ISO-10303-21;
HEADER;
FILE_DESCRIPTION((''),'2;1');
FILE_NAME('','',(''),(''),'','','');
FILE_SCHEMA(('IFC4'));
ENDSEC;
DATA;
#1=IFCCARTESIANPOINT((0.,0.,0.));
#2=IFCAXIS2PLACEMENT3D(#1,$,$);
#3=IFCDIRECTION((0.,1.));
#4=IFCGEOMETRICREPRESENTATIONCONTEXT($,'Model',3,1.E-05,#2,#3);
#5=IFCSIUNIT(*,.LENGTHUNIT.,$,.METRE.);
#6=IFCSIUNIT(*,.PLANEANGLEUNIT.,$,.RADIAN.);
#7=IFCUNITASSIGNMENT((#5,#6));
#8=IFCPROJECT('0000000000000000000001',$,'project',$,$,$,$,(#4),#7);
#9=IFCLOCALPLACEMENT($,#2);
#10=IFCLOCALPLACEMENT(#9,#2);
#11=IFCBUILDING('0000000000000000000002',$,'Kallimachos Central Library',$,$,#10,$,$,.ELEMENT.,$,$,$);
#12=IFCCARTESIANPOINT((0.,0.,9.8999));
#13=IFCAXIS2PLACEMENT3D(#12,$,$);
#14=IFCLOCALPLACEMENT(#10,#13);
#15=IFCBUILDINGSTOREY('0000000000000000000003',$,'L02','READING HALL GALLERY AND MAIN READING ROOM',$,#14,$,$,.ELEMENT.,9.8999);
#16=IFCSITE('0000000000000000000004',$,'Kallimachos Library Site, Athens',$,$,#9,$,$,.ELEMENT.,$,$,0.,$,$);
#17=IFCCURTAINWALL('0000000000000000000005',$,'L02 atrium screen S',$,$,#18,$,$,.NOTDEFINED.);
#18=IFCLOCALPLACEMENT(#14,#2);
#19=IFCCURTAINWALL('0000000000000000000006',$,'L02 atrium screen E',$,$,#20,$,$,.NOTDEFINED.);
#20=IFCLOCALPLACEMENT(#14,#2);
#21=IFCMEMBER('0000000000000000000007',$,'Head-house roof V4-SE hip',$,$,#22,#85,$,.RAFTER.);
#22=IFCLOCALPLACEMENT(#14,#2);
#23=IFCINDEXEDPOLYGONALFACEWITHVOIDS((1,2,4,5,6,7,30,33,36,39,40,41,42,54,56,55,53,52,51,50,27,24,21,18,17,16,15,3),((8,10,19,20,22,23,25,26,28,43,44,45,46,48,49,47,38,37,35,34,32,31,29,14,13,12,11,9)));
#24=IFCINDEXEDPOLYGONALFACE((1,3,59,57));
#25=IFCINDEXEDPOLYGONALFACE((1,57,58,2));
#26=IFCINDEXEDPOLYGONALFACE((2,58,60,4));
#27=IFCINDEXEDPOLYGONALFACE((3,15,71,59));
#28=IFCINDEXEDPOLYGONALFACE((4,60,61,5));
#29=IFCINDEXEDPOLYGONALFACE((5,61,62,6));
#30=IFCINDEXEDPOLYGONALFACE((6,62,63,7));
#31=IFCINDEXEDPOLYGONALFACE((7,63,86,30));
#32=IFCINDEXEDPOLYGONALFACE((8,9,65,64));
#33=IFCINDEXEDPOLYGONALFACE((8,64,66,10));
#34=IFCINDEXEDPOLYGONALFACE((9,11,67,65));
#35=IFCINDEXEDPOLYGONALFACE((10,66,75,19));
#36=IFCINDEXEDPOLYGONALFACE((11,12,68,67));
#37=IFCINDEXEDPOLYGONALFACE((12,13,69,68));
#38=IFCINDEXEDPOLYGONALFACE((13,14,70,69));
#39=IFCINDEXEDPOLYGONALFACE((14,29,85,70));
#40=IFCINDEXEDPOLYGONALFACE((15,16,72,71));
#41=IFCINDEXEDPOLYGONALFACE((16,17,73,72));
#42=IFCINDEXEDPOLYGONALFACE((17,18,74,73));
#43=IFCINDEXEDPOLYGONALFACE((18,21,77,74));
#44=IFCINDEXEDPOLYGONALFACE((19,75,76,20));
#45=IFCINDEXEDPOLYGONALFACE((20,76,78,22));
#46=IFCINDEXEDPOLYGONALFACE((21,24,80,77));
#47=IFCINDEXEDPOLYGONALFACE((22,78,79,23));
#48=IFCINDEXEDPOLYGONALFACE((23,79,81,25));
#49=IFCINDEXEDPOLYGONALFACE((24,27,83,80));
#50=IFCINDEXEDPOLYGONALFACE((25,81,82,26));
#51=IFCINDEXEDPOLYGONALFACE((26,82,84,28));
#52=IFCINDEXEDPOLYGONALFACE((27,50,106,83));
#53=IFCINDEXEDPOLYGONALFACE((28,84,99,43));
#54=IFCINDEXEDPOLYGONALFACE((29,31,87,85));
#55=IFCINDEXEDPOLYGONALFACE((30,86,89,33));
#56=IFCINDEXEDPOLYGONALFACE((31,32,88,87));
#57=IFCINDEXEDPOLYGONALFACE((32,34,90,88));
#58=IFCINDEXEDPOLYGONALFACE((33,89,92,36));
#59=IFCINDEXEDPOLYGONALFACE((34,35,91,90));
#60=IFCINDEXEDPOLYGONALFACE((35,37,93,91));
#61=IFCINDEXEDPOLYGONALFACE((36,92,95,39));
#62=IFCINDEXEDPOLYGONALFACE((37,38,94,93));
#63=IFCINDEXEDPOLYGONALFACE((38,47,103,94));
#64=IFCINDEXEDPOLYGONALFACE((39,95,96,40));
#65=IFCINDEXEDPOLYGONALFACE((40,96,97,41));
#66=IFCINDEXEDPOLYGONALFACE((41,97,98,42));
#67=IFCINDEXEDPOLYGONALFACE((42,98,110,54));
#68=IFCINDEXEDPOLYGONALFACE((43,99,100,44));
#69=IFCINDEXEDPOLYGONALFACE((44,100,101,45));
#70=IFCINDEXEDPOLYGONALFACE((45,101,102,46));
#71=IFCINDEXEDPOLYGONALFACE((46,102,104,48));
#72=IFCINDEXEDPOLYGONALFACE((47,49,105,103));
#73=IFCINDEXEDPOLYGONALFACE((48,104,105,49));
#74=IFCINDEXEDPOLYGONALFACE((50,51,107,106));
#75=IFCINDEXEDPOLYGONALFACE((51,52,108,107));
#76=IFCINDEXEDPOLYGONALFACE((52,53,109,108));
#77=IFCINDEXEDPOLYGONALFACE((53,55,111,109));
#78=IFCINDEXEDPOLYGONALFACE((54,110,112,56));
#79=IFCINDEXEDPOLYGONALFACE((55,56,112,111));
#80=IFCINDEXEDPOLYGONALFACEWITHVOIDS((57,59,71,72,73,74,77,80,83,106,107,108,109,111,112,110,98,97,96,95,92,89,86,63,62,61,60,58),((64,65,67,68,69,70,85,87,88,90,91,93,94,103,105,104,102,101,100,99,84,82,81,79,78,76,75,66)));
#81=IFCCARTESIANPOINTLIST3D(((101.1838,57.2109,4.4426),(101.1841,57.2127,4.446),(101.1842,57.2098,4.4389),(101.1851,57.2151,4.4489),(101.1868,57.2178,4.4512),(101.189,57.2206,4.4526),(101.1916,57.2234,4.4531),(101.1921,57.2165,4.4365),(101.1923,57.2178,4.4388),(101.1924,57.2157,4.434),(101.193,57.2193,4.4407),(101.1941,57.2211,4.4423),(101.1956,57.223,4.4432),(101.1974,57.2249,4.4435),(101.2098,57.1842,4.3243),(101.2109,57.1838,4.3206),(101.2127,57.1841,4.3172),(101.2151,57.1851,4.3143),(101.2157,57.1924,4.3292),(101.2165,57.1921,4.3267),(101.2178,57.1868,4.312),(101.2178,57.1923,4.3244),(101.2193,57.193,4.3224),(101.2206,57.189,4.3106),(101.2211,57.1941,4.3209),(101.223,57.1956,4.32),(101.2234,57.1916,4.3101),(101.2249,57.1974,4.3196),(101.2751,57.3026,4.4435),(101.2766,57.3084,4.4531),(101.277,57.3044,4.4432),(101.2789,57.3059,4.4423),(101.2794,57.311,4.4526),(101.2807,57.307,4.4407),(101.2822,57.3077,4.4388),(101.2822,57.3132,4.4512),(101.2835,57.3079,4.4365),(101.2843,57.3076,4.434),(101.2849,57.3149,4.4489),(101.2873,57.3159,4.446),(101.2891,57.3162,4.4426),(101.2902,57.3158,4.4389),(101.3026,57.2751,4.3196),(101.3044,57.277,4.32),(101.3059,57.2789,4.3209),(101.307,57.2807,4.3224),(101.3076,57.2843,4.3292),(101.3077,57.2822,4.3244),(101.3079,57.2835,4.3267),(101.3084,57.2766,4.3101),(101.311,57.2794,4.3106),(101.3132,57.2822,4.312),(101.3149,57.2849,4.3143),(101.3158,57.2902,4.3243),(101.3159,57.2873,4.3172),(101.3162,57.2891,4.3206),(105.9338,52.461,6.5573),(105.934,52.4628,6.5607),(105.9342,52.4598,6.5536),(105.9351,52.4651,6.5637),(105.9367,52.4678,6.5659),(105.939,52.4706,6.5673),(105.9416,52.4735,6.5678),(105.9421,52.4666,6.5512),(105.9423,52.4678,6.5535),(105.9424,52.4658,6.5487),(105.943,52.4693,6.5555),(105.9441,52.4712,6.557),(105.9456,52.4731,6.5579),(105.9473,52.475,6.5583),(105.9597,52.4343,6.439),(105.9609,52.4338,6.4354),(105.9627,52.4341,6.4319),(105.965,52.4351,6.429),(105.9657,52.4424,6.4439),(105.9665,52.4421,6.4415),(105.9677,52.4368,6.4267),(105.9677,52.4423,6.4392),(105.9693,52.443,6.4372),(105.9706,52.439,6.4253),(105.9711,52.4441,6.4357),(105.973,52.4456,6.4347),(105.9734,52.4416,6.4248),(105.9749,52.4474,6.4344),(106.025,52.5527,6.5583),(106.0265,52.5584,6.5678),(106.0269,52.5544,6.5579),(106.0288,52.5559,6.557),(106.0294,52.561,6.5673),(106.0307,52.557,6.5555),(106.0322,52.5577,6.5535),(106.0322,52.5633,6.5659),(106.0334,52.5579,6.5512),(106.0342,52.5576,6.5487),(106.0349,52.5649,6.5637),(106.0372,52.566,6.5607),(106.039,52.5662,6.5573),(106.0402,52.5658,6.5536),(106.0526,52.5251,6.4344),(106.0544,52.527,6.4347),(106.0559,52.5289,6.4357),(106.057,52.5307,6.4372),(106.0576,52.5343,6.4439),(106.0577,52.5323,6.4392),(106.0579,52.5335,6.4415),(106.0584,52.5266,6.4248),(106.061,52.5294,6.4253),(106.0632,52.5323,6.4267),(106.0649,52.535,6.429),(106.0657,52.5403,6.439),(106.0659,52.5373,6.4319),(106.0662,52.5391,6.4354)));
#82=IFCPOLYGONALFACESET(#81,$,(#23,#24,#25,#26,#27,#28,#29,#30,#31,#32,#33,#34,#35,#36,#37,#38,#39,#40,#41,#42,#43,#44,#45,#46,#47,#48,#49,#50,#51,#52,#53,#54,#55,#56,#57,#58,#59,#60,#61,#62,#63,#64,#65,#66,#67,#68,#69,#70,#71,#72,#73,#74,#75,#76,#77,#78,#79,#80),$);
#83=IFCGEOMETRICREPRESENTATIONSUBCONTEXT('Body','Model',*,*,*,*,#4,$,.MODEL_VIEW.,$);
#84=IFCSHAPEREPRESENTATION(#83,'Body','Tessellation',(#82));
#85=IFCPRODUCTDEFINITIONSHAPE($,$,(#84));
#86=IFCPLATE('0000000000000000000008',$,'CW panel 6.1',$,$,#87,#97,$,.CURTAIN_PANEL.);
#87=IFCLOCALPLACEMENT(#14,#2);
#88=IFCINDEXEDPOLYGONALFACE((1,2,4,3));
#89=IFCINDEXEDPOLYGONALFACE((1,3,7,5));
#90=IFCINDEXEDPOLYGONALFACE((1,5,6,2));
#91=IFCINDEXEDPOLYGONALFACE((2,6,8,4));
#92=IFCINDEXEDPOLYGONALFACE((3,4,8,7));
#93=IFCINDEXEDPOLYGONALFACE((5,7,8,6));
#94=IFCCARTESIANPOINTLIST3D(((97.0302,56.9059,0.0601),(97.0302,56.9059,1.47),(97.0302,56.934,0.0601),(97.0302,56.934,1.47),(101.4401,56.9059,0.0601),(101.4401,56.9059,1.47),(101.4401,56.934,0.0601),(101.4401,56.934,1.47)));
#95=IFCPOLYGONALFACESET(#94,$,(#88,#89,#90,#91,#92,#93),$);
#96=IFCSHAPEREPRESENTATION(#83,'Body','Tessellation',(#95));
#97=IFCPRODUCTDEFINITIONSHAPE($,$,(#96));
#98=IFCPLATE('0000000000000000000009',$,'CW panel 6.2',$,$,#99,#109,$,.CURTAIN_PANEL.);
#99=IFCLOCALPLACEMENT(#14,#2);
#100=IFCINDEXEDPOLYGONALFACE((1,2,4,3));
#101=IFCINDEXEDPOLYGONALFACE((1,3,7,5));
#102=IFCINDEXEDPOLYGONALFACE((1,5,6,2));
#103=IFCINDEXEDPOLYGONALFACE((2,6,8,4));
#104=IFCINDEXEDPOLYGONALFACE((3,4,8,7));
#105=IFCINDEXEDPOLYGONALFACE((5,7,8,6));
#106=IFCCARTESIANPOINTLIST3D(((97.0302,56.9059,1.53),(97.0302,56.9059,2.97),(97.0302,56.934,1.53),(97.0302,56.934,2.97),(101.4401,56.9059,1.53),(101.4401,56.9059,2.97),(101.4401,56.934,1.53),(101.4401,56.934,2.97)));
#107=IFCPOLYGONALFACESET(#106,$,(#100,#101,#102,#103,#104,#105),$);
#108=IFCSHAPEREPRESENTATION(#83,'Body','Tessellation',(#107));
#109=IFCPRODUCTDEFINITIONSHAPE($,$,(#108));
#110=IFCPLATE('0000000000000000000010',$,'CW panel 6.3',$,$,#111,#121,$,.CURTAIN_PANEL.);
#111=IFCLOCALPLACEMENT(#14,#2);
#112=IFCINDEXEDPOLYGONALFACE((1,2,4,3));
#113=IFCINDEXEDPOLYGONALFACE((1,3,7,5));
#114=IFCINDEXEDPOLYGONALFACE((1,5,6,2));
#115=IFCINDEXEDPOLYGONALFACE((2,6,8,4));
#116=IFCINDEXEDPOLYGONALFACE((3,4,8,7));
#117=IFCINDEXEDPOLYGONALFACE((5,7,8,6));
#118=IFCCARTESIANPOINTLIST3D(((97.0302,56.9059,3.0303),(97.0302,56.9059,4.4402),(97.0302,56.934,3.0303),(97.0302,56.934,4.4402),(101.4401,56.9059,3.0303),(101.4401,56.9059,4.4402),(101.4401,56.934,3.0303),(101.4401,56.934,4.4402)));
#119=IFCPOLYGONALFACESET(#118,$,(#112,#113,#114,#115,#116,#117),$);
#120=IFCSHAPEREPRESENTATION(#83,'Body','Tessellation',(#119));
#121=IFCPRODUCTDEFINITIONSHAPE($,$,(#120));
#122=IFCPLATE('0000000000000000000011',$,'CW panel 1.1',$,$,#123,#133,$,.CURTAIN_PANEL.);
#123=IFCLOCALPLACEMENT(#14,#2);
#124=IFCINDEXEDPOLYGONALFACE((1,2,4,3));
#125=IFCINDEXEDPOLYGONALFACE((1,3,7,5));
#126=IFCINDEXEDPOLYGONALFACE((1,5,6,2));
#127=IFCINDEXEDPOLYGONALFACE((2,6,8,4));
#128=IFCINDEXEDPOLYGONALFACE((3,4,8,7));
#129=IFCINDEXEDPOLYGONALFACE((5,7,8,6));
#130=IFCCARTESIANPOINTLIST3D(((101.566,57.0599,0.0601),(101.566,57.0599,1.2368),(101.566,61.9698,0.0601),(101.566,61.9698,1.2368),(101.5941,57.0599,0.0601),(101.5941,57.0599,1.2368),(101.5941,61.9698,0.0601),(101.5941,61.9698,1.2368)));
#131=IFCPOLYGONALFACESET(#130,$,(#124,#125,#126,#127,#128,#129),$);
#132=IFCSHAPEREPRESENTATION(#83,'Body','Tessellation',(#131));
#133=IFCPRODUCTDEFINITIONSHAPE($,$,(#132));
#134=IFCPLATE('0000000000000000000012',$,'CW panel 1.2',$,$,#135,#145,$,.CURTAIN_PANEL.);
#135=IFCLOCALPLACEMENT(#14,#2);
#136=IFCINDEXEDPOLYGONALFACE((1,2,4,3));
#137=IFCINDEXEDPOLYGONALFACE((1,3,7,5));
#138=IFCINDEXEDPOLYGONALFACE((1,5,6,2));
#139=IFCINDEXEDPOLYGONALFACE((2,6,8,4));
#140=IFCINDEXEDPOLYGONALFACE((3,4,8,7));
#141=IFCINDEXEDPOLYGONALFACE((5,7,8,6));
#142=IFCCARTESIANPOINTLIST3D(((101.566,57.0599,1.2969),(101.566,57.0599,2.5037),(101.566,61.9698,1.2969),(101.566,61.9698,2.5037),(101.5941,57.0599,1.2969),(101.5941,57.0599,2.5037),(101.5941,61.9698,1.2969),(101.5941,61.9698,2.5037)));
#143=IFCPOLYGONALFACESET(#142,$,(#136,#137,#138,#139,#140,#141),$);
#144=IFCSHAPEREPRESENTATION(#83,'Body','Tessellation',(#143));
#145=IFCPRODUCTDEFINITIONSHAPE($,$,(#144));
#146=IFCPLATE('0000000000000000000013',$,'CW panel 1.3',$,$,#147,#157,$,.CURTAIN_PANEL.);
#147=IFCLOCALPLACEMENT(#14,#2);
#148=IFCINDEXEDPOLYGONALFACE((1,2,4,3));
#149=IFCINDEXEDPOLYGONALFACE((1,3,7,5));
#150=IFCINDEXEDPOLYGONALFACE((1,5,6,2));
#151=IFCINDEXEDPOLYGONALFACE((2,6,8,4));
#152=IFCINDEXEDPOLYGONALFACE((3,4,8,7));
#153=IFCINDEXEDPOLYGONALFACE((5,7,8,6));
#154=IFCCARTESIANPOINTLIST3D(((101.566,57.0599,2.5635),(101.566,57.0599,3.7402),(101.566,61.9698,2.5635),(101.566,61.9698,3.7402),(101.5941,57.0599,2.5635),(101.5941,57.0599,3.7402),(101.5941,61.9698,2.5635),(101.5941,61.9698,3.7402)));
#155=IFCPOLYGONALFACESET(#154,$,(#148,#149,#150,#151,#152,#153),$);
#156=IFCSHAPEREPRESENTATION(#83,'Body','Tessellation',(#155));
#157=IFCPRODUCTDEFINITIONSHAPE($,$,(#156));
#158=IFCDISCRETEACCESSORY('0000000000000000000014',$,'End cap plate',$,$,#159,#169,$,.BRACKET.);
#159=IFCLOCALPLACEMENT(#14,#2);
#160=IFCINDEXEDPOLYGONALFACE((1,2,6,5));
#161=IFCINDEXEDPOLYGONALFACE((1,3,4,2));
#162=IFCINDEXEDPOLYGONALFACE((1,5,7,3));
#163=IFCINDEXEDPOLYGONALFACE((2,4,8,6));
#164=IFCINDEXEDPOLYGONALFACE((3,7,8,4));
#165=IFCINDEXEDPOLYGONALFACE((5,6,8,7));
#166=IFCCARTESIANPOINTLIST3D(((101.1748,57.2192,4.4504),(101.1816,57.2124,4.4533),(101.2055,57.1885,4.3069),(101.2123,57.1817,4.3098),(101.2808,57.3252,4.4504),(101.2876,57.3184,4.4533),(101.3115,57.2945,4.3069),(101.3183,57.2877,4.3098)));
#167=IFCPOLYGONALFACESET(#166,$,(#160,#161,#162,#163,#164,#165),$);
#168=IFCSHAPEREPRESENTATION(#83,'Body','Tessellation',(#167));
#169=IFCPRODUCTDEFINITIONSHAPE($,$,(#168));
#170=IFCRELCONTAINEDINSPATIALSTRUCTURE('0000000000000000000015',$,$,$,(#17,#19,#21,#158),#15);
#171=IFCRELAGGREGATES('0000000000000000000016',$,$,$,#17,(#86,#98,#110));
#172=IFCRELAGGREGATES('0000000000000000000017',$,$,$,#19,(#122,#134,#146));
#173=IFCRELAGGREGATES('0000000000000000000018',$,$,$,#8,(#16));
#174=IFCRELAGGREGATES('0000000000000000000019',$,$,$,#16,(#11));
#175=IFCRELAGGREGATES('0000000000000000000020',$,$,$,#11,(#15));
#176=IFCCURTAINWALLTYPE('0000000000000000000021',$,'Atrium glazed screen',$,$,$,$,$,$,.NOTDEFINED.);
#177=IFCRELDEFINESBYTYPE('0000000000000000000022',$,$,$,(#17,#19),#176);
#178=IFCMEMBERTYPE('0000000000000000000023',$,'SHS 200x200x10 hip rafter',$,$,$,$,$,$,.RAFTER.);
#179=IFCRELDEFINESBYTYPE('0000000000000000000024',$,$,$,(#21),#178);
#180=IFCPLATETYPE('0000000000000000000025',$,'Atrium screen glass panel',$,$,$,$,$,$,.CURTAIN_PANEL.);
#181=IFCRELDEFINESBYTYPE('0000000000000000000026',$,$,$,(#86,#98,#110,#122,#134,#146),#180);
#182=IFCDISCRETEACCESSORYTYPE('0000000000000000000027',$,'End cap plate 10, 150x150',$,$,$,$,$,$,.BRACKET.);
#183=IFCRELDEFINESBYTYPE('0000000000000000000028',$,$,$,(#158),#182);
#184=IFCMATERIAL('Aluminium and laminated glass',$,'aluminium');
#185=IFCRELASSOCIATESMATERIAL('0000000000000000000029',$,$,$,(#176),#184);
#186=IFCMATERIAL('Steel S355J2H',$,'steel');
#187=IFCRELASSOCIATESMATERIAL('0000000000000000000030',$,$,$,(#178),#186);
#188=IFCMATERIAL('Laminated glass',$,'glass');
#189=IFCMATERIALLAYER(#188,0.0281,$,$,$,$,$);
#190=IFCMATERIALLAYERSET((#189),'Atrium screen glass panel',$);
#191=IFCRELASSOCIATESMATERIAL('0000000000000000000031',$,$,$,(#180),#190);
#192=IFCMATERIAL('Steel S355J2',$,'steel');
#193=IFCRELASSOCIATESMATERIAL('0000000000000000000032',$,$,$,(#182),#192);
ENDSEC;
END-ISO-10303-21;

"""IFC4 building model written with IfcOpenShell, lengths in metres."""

from ifc_helpers import new_model, si_unit, direction, frame, origin, origin_2d, place, context, subcontext, project, spatial, rectangle, hollow_rectangle, extrude, material, layer, layer_set, material_profile, profile_set, type_object, element, aggregate, save


model = new_model("IFC4")

# Units and contexts
model_context = context("Model", 3, precision=1e-05, world=origin(), true_north=direction((0.0, 1.0)))
body_context = subcontext(model_context, "Body", "Model", "MODEL_VIEW")
ifc_project = project(units=[si_unit("LENGTHUNIT", "METRE"), si_unit("PLANEANGLEUNIT", "RADIAN")], contexts=[model_context])

# Site, building, storey
site_placement = place(None, origin())
site = spatial("IfcSite", under=ifc_project, at=site_placement, Name="Kallimachos Library Site, Athens", CompositionType="ELEMENT", RefElevation=0.0)
building_placement = place(site_placement, origin())
building = spatial("IfcBuilding", under=site, at=building_placement, Name="Kallimachos Central Library", CompositionType="ELEMENT")
storey_placement = place(building_placement, frame((0.0, 0.0, 9.8999)))
storey = spatial("IfcBuildingStorey", under=building, at=storey_placement, Name="L02", Description="READING HALL GALLERY AND MAIN READING ROOM", CompositionType="ELEMENT", Elevation=9.8999)

# Curtain walls
ifc_material_1 = material(Name="Aluminium and laminated glass", Category="aluminium")
curtain_wall_type = type_object("IfcCurtainWallType", Name="Atrium glazed screen", PredefinedType="NOTDEFINED", material=ifc_material_1)
curtain_wall_1_placement = place(storey_placement, origin())
curtain_wall_1 = element("IfcCurtainWall", 1, at=curtain_wall_1_placement, inside=storey, type_object=curtain_wall_type, Name="L02 atrium screen S", PredefinedType="NOTDEFINED")
curtain_wall_2_placement = place(storey_placement, origin())
curtain_wall_2 = element("IfcCurtainWall", 2, at=curtain_wall_2_placement, inside=storey, type_object=curtain_wall_type, Name="L02 atrium screen E", PredefinedType="NOTDEFINED")

# Member
ifc_material_2 = material(Name="Steel S355J2H", Category="steel")
ifc_material_profile_1 = material_profile(ifc_material_2, hollow_rectangle(XDim=0.1499, YDim=0.1499, WallThickness=0.01, InnerFilletRadius=0.01, OuterFilletRadius=0.0149, at=origin_2d()), Name="SHS 150x150x10")
ifc_profile_set_1 = profile_set([ifc_material_profile_1], Name="Steel S355J2H")
member_type_1 = type_object("IfcMemberType", Name="SHS 200x200x10 hip rafter", PredefinedType="RAFTER", material=ifc_profile_set_1)
member_1_placement = place(storey_placement, frame((101.25, 57.25, 4.3816), z_axis=(0.674474, -0.674474, 0.300282), x_axis=(0.707107, 0.707107, 0.0)))
element("IfcMember", 3, at=member_1_placement, inside=storey, type_object=member_type_1, Name="Head-house roof V4-SE hip", PredefinedType="RAFTER", context=body_context, shape_type="SweptSolid", body=[
    extrude(hollow_rectangle(XDim=0.1499, YDim=0.1499, WallThickness=0.01, InnerFilletRadius=0.01, OuterFilletRadius=0.0149, at=origin_2d()), origin(), (0.0, 0.0, 1.0), 7.0425),
])

# Plates
ifc_material_3 = material(Name="Laminated glass", Category="glass")
ifc_layer = layer(ifc_material_3, 0.0281)
ifc_layer_set = layer_set([ifc_layer], Name="Atrium screen glass panel")
plate_type = type_object("IfcPlateType", Name="Atrium screen glass panel", PredefinedType="CURTAIN_PANEL", material=ifc_layer_set)
plate_1_placement = place(storey_placement, frame((99.2351, 56.9199, 0.0601), z_axis=(0.0, 0.0, 1.0), x_axis=(1.0, 0.0, 0.0)))
plate_1 = element("IfcPlate", 4, at=plate_1_placement, type_object=plate_type, Name="CW panel 6.1", PredefinedType="CURTAIN_PANEL", context=body_context, shape_type="SweptSolid", body=[
    extrude(rectangle(XDim=4.4099, YDim=0.0281, at=origin_2d()), origin(), (0.0, 0.0, 1.0), 1.4099),
])
plate_2_placement = place(storey_placement, frame((99.2351, 56.9199, 1.53), z_axis=(0.0, 0.0, 1.0), x_axis=(1.0, 0.0, 0.0)))
plate_2 = element("IfcPlate", 5, at=plate_2_placement, type_object=plate_type, Name="CW panel 6.2", PredefinedType="CURTAIN_PANEL", context=body_context, shape_type="SweptSolid", body=[
    extrude(rectangle(XDim=4.4099, YDim=0.0281, at=origin_2d()), origin(), (0.0, 0.0, 1.0), 1.4399),
])
plate_3_placement = place(storey_placement, frame((99.2351, 56.9199, 3.0303), z_axis=(0.0, 0.0, 1.0), x_axis=(1.0, 0.0, 0.0)))
plate_3 = element("IfcPlate", 6, at=plate_3_placement, type_object=plate_type, Name="CW panel 6.3", PredefinedType="CURTAIN_PANEL", context=body_context, shape_type="SweptSolid", body=[
    extrude(rectangle(XDim=4.4099, YDim=0.0281, at=origin_2d()), origin(), (0.0, 0.0, 1.0), 1.4099),
])
aggregate(curtain_wall_1, [plate_1, plate_2, plate_3])
plate_4_placement = place(storey_placement, frame((101.5801, 59.5149, 0.0601), z_axis=(0.0, 0.0, 1.0), x_axis=(0.0, 1.0, 0.0)))
plate_4 = element("IfcPlate", 7, at=plate_4_placement, type_object=plate_type, Name="CW panel 1.1", PredefinedType="CURTAIN_PANEL", context=body_context, shape_type="SweptSolid", body=[
    extrude(rectangle(XDim=4.9099, YDim=0.0281, at=origin_2d()), origin(), (0.0, 0.0, 1.0), 1.1768),
])
plate_5_placement = place(storey_placement, frame((101.5801, 59.5149, 1.2969), z_axis=(0.0, 0.0, 1.0), x_axis=(0.0, 1.0, 0.0)))
plate_5 = element("IfcPlate", 8, at=plate_5_placement, type_object=plate_type, Name="CW panel 1.2", PredefinedType="CURTAIN_PANEL", context=body_context, shape_type="SweptSolid", body=[
    extrude(rectangle(XDim=4.9099, YDim=0.0281, at=origin_2d()), origin(), (0.0, 0.0, 1.0), 1.2068),
])
plate_6_placement = place(storey_placement, frame((101.5801, 59.5149, 2.5635), z_axis=(0.0, 0.0, 1.0), x_axis=(0.0, 1.0, 0.0)))
plate_6 = element("IfcPlate", 9, at=plate_6_placement, type_object=plate_type, Name="CW panel 1.3", PredefinedType="CURTAIN_PANEL", context=body_context, shape_type="SweptSolid", body=[
    extrude(rectangle(XDim=4.9099, YDim=0.0281, at=origin_2d()), origin(), (0.0, 0.0, 1.0), 1.1768),
])
aggregate(curtain_wall_2, [plate_4, plate_5, plate_6])

# Discrete accessory
ifc_material_4 = material(Name="Steel S355J2", Category="steel")
ifc_material_profile_2 = material_profile(ifc_material_4, rectangle(XDim=0.1499, YDim=0.1499, at=origin_2d()), Name="End cap plate 10, 150x150")
ifc_profile_set_2 = profile_set([ifc_material_profile_2], Name="Steel S355J2")
discrete_accessory_type = type_object("IfcDiscreteAccessoryType", Name="End cap plate 10, 150x150", PredefinedType="BRACKET", material=ifc_profile_set_2)
discrete_accessory_placement = place(storey_placement, frame((101.2432, 57.2568, 4.3787), z_axis=(0.676716, -0.676716, 0.290021), x_axis=(0.707107, 0.707107, 0.0)))
element("IfcDiscreteAccessory", 10, at=discrete_accessory_placement, inside=storey, type_object=discrete_accessory_type, Name="End cap plate", PredefinedType="BRACKET", context=body_context, shape_type="SweptSolid", body=[
    extrude(rectangle(XDim=0.1499, YDim=0.1499, at=origin_2d()), origin(), (0.0, 0.0, 1.0), 0.01),
])

save(model, "model.ifc")
